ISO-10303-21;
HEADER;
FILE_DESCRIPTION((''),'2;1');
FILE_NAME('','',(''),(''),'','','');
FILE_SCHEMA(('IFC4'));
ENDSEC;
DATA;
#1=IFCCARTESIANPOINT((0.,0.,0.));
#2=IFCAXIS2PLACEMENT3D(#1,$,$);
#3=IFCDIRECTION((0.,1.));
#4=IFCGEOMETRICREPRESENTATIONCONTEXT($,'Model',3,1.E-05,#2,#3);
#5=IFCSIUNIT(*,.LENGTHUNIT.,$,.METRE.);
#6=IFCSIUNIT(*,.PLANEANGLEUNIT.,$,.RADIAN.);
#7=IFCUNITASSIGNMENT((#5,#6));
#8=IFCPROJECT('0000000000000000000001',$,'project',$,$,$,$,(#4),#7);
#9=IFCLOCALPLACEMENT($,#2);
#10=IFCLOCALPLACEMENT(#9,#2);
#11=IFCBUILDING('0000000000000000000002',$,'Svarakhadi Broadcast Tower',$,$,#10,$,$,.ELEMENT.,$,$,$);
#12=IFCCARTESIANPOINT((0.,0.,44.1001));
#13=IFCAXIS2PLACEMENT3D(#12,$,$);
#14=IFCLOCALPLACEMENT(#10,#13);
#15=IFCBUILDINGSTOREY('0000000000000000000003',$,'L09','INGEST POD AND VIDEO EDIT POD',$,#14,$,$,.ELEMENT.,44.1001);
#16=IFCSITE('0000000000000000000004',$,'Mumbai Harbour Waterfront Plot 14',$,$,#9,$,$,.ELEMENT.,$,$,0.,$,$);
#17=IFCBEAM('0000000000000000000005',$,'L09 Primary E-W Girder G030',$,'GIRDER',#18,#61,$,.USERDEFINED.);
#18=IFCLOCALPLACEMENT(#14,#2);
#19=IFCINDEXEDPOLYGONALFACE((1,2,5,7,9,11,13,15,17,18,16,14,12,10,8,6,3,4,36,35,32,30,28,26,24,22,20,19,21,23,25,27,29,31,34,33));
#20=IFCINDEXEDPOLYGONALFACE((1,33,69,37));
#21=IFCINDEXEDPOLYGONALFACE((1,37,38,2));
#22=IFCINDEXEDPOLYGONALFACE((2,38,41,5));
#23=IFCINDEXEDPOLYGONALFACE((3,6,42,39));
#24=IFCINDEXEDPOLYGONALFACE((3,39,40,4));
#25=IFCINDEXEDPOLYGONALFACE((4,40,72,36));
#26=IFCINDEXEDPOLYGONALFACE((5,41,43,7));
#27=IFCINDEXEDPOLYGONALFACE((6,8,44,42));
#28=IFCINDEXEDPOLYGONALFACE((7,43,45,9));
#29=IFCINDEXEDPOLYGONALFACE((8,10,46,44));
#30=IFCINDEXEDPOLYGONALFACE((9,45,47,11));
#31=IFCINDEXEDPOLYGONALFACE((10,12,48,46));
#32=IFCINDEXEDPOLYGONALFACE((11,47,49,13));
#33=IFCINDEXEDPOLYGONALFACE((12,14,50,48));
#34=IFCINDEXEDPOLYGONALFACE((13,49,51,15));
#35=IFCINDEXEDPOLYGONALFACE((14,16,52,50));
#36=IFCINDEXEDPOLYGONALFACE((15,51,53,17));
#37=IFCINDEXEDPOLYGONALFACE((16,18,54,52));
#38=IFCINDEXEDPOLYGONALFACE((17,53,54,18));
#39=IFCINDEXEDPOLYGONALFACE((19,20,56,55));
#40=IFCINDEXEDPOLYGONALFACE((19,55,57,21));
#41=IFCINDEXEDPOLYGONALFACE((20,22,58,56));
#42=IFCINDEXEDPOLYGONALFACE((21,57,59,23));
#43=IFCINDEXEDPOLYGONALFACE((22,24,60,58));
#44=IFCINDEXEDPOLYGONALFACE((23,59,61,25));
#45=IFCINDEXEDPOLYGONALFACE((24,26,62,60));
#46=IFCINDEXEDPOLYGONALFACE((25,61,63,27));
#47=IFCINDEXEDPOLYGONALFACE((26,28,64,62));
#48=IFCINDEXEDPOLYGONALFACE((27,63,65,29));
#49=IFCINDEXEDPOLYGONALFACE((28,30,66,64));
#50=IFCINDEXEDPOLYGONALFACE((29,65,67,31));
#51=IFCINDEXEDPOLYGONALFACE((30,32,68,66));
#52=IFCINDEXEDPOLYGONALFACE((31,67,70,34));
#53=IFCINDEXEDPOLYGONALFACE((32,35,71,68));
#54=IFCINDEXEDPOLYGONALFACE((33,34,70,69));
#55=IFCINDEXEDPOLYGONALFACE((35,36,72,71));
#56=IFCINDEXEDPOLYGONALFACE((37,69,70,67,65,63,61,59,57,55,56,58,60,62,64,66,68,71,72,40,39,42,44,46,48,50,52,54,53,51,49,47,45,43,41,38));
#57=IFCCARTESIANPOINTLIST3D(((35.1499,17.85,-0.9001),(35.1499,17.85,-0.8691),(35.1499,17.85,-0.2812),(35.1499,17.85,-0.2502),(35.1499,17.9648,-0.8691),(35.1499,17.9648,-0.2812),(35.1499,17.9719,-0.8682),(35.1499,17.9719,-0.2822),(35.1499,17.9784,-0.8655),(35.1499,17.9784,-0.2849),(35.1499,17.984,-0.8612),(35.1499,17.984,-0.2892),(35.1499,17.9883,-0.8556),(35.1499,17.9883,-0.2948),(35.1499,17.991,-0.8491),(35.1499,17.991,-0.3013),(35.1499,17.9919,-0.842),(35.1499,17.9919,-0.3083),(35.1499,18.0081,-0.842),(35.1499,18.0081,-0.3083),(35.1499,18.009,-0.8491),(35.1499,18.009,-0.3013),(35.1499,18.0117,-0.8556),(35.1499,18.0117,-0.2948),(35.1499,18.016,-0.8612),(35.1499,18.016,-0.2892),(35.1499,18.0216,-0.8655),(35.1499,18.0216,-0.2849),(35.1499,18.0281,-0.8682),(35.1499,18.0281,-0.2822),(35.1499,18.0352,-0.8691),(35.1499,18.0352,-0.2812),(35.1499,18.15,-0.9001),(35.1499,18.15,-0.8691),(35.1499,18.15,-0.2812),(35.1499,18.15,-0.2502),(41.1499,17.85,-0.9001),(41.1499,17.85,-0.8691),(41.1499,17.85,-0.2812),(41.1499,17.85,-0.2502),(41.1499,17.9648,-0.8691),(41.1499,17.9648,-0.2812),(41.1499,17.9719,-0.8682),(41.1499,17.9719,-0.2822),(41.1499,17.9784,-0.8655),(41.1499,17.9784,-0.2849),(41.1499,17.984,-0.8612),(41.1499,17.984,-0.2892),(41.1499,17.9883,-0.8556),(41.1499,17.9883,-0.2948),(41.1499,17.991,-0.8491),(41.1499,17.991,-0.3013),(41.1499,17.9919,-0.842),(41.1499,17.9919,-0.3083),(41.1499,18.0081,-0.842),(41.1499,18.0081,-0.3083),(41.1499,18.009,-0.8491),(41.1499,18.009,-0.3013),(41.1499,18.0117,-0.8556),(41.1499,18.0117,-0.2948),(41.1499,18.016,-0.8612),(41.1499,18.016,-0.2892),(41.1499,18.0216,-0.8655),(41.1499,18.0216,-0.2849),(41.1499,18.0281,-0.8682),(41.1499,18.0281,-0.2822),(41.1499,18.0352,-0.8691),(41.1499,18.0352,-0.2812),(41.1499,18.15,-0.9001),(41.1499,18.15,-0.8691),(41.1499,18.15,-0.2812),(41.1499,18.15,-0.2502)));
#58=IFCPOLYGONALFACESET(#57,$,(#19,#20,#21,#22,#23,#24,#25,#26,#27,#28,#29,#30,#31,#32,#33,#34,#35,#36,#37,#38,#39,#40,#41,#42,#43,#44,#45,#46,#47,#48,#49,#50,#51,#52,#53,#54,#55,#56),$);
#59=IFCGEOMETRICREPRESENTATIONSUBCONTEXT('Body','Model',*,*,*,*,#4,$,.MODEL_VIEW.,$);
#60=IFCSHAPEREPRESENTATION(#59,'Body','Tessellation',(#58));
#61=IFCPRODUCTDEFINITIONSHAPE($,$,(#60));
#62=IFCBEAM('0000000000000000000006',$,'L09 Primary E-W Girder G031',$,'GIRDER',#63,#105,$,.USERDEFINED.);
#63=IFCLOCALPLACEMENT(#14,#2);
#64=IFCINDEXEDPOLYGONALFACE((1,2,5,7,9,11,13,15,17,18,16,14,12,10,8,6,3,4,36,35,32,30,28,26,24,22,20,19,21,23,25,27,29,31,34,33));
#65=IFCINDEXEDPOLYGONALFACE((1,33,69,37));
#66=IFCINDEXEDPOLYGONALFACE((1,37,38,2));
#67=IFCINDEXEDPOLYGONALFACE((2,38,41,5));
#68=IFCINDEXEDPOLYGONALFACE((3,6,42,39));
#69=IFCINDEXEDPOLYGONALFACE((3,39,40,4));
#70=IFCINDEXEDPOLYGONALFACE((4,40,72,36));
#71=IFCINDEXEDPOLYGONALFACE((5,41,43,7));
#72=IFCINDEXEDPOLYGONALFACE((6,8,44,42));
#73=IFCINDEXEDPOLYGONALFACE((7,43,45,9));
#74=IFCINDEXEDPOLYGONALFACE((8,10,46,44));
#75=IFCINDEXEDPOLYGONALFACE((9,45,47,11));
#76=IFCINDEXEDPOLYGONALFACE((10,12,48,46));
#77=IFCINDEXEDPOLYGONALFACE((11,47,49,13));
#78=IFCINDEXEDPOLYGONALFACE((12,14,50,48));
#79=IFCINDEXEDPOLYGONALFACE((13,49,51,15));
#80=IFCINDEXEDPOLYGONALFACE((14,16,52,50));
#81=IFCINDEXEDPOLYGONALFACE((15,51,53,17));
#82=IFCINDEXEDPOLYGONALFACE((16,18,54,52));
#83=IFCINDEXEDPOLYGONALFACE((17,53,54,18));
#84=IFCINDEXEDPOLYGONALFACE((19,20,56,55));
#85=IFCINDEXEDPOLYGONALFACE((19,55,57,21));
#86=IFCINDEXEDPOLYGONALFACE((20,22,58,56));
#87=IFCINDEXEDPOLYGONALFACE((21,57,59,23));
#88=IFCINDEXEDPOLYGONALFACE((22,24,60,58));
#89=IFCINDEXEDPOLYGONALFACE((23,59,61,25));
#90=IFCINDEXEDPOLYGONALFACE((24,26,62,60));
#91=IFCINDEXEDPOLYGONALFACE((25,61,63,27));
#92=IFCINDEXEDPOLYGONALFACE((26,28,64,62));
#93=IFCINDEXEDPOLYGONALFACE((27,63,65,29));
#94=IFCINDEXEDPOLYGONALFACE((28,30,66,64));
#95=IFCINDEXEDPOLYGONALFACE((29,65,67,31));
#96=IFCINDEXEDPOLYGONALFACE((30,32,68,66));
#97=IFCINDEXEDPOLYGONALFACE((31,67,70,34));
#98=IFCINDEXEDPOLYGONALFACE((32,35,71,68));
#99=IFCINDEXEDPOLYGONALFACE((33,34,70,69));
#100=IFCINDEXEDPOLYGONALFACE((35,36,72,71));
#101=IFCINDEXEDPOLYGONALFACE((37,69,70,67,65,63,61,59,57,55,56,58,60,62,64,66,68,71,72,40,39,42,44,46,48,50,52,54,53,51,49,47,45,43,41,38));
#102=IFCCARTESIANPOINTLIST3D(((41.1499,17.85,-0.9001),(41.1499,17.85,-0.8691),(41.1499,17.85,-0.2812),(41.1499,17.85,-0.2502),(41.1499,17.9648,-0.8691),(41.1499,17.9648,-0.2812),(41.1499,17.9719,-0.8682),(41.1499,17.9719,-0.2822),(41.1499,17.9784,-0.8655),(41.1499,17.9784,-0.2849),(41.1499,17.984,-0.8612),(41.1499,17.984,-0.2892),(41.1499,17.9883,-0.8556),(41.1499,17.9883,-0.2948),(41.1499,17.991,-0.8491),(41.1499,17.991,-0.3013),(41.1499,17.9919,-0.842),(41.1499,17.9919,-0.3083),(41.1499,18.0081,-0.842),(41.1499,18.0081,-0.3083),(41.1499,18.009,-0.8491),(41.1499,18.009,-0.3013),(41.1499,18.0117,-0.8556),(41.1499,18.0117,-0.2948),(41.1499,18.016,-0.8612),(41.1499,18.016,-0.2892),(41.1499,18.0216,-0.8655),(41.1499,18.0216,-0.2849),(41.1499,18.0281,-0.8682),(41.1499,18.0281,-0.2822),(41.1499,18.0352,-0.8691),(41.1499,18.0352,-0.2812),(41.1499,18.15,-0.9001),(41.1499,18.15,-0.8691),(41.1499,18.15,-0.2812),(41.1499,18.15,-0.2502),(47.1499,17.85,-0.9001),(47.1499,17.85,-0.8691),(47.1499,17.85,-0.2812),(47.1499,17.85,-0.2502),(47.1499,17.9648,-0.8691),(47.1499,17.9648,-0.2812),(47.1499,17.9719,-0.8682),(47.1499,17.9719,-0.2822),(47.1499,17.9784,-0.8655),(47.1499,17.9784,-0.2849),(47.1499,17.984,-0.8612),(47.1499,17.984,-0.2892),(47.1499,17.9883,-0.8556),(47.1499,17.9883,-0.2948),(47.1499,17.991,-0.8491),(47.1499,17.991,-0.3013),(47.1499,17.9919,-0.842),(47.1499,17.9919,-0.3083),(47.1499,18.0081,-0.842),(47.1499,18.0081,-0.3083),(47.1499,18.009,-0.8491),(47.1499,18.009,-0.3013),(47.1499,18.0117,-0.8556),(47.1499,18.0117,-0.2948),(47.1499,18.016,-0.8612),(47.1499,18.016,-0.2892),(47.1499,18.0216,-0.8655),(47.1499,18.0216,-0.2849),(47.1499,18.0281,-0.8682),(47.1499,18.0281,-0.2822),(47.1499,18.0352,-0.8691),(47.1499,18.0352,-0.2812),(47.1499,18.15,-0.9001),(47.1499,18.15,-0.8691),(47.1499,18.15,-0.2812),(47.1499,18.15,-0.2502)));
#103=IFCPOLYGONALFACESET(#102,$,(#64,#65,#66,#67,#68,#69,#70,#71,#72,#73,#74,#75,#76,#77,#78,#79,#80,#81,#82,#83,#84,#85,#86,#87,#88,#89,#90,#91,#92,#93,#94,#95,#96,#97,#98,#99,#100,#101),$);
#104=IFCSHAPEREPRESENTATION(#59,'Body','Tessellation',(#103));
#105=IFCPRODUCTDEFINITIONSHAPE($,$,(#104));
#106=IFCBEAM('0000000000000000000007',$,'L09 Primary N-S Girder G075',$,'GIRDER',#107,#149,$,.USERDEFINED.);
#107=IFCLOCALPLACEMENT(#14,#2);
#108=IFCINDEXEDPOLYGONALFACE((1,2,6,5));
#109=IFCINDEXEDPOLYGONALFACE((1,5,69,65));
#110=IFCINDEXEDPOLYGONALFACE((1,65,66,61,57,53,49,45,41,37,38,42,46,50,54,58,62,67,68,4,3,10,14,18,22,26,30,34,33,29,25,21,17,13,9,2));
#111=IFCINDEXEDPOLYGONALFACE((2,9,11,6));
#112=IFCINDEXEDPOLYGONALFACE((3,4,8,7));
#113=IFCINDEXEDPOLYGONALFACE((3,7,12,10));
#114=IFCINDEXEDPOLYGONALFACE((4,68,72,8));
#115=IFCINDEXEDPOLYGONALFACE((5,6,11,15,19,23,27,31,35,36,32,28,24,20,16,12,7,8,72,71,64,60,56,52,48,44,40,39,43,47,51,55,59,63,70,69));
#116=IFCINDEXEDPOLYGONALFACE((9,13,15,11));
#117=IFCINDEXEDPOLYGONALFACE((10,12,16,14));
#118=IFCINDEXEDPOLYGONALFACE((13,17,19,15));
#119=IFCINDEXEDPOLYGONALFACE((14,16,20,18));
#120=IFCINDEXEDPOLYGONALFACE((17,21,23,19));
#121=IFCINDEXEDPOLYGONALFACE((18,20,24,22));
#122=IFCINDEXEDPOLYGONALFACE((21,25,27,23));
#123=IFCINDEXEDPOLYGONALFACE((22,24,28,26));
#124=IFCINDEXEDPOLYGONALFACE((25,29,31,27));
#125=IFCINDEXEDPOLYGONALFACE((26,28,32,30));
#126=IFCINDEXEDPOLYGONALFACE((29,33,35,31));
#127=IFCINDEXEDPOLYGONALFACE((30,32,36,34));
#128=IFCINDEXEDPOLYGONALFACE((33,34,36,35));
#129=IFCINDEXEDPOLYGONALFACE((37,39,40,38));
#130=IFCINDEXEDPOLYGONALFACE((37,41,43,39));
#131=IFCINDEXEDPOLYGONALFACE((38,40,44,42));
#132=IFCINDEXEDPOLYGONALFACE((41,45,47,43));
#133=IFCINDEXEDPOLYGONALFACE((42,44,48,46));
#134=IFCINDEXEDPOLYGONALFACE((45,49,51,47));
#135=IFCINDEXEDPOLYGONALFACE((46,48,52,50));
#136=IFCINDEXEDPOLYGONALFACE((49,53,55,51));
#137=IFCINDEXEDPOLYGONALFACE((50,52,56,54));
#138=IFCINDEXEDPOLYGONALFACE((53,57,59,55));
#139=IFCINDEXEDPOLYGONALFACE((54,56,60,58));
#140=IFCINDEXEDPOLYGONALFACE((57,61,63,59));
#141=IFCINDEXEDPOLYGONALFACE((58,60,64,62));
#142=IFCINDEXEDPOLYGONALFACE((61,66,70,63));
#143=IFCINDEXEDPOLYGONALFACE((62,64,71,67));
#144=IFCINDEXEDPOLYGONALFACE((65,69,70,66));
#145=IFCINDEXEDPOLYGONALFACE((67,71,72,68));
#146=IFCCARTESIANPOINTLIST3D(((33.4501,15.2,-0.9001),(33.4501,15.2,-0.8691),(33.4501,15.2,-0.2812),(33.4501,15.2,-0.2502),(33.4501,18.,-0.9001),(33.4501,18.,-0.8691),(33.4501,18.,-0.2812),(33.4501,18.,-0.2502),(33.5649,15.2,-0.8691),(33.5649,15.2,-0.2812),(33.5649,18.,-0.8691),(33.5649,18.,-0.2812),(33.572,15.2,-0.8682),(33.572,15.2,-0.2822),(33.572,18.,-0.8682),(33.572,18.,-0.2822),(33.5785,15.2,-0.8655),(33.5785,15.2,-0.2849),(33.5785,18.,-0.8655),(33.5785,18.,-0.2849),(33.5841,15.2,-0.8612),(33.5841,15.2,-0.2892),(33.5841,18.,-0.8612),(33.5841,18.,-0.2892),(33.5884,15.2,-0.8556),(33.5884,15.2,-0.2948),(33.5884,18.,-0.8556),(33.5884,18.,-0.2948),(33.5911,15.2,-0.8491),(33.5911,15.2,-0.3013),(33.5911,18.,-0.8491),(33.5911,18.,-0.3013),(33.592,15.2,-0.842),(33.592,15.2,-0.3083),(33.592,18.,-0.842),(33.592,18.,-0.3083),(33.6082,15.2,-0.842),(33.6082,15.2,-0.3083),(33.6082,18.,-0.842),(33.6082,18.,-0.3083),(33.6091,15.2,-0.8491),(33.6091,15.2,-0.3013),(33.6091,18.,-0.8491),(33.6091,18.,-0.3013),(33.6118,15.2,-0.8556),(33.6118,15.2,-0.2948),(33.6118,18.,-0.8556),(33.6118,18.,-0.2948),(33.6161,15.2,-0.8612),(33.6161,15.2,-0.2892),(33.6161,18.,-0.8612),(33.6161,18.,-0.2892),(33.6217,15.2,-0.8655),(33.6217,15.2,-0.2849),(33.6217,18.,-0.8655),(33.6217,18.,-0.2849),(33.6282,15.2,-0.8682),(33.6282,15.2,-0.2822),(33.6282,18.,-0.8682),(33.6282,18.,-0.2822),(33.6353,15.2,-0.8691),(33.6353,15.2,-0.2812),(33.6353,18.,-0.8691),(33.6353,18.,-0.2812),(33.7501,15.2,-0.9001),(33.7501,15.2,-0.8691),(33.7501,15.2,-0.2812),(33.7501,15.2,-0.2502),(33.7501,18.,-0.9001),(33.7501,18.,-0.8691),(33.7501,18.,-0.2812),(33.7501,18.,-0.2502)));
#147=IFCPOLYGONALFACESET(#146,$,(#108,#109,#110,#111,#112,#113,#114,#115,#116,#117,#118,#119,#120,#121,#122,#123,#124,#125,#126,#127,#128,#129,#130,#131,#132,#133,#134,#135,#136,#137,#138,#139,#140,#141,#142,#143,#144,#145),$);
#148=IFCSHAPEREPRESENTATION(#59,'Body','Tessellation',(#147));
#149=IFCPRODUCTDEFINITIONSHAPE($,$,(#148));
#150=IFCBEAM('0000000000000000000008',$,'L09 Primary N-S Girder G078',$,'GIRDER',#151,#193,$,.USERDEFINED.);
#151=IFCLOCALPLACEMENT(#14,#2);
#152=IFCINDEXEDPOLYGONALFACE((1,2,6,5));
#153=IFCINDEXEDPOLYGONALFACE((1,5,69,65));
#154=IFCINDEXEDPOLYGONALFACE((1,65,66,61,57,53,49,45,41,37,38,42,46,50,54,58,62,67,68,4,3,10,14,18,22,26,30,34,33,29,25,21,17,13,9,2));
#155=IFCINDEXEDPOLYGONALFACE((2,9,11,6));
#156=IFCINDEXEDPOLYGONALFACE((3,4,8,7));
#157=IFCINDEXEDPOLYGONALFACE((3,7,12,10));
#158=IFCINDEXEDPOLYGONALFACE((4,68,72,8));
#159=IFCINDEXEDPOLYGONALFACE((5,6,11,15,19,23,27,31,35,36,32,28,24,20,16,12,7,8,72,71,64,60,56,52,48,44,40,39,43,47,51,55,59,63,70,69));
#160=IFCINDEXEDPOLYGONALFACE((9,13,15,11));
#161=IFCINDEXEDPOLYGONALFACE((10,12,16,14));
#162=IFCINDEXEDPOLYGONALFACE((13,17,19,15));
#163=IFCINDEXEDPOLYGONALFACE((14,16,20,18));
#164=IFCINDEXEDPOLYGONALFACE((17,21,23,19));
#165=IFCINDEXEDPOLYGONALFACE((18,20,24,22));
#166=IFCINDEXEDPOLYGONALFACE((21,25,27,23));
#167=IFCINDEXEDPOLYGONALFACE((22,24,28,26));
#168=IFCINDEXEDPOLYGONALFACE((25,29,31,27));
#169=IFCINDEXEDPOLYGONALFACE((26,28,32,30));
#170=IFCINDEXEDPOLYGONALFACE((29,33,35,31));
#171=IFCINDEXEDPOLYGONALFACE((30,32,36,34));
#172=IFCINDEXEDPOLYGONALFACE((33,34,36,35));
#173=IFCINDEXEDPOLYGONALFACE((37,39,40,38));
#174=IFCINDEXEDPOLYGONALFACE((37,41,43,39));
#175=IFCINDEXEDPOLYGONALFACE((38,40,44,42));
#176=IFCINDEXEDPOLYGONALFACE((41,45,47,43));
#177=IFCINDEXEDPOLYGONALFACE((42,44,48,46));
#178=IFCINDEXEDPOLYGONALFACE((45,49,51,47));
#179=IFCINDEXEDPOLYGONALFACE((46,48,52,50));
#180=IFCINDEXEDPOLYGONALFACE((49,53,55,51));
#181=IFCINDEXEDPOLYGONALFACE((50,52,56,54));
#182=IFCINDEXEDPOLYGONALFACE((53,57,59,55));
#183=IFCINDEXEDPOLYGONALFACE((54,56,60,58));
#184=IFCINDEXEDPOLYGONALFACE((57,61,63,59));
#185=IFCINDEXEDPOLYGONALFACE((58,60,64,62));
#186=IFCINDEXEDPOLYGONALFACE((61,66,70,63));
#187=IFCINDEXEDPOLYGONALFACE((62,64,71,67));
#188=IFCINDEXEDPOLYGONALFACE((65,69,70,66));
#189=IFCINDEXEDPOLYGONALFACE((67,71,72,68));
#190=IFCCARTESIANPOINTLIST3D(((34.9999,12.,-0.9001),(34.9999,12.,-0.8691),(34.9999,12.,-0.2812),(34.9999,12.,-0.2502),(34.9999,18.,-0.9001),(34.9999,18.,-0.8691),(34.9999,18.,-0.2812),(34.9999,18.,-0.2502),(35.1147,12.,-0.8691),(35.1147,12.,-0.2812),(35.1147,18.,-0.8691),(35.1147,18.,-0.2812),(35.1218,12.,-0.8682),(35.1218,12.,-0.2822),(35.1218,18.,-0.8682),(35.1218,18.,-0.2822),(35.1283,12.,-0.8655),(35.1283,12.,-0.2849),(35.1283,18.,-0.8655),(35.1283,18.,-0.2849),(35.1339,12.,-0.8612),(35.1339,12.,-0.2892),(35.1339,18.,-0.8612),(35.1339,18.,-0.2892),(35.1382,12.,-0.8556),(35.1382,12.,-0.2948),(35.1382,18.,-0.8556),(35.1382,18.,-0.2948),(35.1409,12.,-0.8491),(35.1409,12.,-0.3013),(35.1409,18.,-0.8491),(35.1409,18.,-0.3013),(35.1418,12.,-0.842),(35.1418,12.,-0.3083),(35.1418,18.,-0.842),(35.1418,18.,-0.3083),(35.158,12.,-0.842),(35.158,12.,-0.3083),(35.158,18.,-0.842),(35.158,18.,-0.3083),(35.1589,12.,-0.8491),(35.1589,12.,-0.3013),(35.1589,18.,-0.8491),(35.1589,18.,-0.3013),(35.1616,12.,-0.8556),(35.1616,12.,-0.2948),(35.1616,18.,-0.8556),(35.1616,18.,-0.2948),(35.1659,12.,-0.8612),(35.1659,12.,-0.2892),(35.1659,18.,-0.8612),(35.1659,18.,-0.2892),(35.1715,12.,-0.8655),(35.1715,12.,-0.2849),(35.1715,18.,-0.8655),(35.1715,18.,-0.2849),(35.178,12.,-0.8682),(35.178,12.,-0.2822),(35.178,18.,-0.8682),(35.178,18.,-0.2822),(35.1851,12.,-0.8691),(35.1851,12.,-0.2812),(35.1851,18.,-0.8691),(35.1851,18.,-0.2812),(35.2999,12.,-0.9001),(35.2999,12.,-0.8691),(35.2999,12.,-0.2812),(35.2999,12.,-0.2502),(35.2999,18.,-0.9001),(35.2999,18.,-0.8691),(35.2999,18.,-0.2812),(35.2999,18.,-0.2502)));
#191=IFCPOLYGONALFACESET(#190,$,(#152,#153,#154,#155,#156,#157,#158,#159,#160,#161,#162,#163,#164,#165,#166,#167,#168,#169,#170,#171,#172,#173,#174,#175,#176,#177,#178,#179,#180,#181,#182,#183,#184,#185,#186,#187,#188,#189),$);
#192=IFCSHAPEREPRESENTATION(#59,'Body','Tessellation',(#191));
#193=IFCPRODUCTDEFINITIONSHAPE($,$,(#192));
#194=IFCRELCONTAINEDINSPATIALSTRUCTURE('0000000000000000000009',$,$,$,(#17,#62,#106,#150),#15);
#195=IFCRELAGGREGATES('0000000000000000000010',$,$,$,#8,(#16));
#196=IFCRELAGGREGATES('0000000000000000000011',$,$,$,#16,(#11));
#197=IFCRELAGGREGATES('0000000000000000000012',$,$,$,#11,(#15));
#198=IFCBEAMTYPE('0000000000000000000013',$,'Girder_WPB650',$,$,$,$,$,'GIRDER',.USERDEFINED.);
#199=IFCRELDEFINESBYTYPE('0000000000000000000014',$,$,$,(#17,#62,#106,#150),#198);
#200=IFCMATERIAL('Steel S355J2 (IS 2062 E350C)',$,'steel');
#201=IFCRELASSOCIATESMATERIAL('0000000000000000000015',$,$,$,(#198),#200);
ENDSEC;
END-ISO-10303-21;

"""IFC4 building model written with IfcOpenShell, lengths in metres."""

from ifc_helpers import new_model, si_unit, direction, frame, origin, origin_2d, place, context, subcontext, project, spatial, i_section, extrude, material, material_profile, profile_set, type_object, element, save


model = new_model("IFC4")

# Units and contexts
model_context = context("Model", 3, precision=1e-05, world=origin(), true_north=direction((0.0, 1.0)))
body_context = subcontext(model_context, "Body", "Model", "MODEL_VIEW")
ifc_project = project(units=[si_unit("LENGTHUNIT", "METRE"), si_unit("PLANEANGLEUNIT", "RADIAN")], contexts=[model_context])

# Site, building, storey
site_placement = place(None, origin())
site = spatial("IfcSite", under=ifc_project, at=site_placement, Name="Mumbai Harbour Waterfront Plot 14", CompositionType="ELEMENT", RefElevation=0.0)
building_placement = place(site_placement, origin())
building = spatial("IfcBuilding", under=site, at=building_placement, Name="Svarakhadi Broadcast Tower", CompositionType="ELEMENT")
storey_placement = place(building_placement, frame((0.0, 0.0, 44.1001)))
storey = spatial("IfcBuildingStorey", under=building, at=storey_placement, Name="L09", Description="INGEST POD AND VIDEO EDIT POD", CompositionType="ELEMENT", Elevation=44.1001)

# Shared definitions
ifc_material_1 = material(Name="Steel S355J2 (IS 2062 E350C)", Category="steel")

# Beams
ifc_material_profile_1 = material_profile(ifc_material_1, i_section(OverallWidth=0.3, OverallDepth=0.6499, WebThickness=0.0161, FlangeThickness=0.031, FilletRadius=0.0271, at=origin_2d()), Name="WPB 650x300x225")
ifc_profile_set_1 = profile_set([ifc_material_profile_1], Name="Steel S355J2 (IS 2062 E350C)")
beam_type_1 = type_object("IfcBeamType", Name="Girder_WPB650", ElementType="GIRDER", PredefinedType="USERDEFINED", material=ifc_profile_set_1)
for number, where, z_axis, x_axis, name in (
    (1, (35.1499, 18.0, -0.5752), (1.0, 0.0, 0.0), (0.0, 1.0, 0.0), "L09 Primary E-W Girder G030"),
    (2, (41.1499, 18.0, -0.5752), (1.0, 0.0, 0.0), (0.0, 1.0, 0.0), "L09 Primary E-W Girder G031"),
):
    element("IfcBeam", number, at=place(storey_placement, frame(where, z_axis=z_axis, x_axis=x_axis)), inside=storey, type_object=beam_type_1, Name=name, ObjectType="GIRDER", PredefinedType="USERDEFINED", context=body_context, shape_type="SweptSolid", body=[
        extrude(i_section(OverallWidth=0.3, OverallDepth=0.6499, WebThickness=0.0161, FlangeThickness=0.031, FilletRadius=0.0271, at=origin_2d()), origin(), (0.0, 0.0, 1.0), 6.0),
    ])
beam_placement = place(storey_placement, frame((33.6001, 15.2, -0.5752), z_axis=(0.0, 1.0, 0.0), x_axis=(-1.0, 0.0, 0.0)))
element("IfcBeam", 3, at=beam_placement, inside=storey, type_object=beam_type_1, Name="L09 Primary N-S Girder G075", ObjectType="GIRDER", PredefinedType="USERDEFINED", context=body_context, shape_type="SweptSolid", body=[
    extrude(i_section(OverallWidth=0.3, OverallDepth=0.6499, WebThickness=0.0161, FlangeThickness=0.031, FilletRadius=0.0271, at=origin_2d()), origin(), (0.0, 0.0, 1.0), 2.8),
])
for number, where, z_axis, x_axis, name in (
    (4, (35.1499, 12.0, -0.5752), (0.0, 1.0, 0.0), (-1.0, 0.0, 0.0), "L09 Primary N-S Girder G078"),
):
    element("IfcBeam", number, at=place(storey_placement, frame(where, z_axis=z_axis, x_axis=x_axis)), inside=storey, type_object=beam_type_1, Name=name, ObjectType="GIRDER", PredefinedType="USERDEFINED", context=body_context, shape_type="SweptSolid", body=[
        extrude(i_section(OverallWidth=0.3, OverallDepth=0.6499, WebThickness=0.0161, FlangeThickness=0.031, FilletRadius=0.0271, at=origin_2d()), origin(), (0.0, 0.0, 1.0), 6.0),
    ])

save(model, "model.ifc")
